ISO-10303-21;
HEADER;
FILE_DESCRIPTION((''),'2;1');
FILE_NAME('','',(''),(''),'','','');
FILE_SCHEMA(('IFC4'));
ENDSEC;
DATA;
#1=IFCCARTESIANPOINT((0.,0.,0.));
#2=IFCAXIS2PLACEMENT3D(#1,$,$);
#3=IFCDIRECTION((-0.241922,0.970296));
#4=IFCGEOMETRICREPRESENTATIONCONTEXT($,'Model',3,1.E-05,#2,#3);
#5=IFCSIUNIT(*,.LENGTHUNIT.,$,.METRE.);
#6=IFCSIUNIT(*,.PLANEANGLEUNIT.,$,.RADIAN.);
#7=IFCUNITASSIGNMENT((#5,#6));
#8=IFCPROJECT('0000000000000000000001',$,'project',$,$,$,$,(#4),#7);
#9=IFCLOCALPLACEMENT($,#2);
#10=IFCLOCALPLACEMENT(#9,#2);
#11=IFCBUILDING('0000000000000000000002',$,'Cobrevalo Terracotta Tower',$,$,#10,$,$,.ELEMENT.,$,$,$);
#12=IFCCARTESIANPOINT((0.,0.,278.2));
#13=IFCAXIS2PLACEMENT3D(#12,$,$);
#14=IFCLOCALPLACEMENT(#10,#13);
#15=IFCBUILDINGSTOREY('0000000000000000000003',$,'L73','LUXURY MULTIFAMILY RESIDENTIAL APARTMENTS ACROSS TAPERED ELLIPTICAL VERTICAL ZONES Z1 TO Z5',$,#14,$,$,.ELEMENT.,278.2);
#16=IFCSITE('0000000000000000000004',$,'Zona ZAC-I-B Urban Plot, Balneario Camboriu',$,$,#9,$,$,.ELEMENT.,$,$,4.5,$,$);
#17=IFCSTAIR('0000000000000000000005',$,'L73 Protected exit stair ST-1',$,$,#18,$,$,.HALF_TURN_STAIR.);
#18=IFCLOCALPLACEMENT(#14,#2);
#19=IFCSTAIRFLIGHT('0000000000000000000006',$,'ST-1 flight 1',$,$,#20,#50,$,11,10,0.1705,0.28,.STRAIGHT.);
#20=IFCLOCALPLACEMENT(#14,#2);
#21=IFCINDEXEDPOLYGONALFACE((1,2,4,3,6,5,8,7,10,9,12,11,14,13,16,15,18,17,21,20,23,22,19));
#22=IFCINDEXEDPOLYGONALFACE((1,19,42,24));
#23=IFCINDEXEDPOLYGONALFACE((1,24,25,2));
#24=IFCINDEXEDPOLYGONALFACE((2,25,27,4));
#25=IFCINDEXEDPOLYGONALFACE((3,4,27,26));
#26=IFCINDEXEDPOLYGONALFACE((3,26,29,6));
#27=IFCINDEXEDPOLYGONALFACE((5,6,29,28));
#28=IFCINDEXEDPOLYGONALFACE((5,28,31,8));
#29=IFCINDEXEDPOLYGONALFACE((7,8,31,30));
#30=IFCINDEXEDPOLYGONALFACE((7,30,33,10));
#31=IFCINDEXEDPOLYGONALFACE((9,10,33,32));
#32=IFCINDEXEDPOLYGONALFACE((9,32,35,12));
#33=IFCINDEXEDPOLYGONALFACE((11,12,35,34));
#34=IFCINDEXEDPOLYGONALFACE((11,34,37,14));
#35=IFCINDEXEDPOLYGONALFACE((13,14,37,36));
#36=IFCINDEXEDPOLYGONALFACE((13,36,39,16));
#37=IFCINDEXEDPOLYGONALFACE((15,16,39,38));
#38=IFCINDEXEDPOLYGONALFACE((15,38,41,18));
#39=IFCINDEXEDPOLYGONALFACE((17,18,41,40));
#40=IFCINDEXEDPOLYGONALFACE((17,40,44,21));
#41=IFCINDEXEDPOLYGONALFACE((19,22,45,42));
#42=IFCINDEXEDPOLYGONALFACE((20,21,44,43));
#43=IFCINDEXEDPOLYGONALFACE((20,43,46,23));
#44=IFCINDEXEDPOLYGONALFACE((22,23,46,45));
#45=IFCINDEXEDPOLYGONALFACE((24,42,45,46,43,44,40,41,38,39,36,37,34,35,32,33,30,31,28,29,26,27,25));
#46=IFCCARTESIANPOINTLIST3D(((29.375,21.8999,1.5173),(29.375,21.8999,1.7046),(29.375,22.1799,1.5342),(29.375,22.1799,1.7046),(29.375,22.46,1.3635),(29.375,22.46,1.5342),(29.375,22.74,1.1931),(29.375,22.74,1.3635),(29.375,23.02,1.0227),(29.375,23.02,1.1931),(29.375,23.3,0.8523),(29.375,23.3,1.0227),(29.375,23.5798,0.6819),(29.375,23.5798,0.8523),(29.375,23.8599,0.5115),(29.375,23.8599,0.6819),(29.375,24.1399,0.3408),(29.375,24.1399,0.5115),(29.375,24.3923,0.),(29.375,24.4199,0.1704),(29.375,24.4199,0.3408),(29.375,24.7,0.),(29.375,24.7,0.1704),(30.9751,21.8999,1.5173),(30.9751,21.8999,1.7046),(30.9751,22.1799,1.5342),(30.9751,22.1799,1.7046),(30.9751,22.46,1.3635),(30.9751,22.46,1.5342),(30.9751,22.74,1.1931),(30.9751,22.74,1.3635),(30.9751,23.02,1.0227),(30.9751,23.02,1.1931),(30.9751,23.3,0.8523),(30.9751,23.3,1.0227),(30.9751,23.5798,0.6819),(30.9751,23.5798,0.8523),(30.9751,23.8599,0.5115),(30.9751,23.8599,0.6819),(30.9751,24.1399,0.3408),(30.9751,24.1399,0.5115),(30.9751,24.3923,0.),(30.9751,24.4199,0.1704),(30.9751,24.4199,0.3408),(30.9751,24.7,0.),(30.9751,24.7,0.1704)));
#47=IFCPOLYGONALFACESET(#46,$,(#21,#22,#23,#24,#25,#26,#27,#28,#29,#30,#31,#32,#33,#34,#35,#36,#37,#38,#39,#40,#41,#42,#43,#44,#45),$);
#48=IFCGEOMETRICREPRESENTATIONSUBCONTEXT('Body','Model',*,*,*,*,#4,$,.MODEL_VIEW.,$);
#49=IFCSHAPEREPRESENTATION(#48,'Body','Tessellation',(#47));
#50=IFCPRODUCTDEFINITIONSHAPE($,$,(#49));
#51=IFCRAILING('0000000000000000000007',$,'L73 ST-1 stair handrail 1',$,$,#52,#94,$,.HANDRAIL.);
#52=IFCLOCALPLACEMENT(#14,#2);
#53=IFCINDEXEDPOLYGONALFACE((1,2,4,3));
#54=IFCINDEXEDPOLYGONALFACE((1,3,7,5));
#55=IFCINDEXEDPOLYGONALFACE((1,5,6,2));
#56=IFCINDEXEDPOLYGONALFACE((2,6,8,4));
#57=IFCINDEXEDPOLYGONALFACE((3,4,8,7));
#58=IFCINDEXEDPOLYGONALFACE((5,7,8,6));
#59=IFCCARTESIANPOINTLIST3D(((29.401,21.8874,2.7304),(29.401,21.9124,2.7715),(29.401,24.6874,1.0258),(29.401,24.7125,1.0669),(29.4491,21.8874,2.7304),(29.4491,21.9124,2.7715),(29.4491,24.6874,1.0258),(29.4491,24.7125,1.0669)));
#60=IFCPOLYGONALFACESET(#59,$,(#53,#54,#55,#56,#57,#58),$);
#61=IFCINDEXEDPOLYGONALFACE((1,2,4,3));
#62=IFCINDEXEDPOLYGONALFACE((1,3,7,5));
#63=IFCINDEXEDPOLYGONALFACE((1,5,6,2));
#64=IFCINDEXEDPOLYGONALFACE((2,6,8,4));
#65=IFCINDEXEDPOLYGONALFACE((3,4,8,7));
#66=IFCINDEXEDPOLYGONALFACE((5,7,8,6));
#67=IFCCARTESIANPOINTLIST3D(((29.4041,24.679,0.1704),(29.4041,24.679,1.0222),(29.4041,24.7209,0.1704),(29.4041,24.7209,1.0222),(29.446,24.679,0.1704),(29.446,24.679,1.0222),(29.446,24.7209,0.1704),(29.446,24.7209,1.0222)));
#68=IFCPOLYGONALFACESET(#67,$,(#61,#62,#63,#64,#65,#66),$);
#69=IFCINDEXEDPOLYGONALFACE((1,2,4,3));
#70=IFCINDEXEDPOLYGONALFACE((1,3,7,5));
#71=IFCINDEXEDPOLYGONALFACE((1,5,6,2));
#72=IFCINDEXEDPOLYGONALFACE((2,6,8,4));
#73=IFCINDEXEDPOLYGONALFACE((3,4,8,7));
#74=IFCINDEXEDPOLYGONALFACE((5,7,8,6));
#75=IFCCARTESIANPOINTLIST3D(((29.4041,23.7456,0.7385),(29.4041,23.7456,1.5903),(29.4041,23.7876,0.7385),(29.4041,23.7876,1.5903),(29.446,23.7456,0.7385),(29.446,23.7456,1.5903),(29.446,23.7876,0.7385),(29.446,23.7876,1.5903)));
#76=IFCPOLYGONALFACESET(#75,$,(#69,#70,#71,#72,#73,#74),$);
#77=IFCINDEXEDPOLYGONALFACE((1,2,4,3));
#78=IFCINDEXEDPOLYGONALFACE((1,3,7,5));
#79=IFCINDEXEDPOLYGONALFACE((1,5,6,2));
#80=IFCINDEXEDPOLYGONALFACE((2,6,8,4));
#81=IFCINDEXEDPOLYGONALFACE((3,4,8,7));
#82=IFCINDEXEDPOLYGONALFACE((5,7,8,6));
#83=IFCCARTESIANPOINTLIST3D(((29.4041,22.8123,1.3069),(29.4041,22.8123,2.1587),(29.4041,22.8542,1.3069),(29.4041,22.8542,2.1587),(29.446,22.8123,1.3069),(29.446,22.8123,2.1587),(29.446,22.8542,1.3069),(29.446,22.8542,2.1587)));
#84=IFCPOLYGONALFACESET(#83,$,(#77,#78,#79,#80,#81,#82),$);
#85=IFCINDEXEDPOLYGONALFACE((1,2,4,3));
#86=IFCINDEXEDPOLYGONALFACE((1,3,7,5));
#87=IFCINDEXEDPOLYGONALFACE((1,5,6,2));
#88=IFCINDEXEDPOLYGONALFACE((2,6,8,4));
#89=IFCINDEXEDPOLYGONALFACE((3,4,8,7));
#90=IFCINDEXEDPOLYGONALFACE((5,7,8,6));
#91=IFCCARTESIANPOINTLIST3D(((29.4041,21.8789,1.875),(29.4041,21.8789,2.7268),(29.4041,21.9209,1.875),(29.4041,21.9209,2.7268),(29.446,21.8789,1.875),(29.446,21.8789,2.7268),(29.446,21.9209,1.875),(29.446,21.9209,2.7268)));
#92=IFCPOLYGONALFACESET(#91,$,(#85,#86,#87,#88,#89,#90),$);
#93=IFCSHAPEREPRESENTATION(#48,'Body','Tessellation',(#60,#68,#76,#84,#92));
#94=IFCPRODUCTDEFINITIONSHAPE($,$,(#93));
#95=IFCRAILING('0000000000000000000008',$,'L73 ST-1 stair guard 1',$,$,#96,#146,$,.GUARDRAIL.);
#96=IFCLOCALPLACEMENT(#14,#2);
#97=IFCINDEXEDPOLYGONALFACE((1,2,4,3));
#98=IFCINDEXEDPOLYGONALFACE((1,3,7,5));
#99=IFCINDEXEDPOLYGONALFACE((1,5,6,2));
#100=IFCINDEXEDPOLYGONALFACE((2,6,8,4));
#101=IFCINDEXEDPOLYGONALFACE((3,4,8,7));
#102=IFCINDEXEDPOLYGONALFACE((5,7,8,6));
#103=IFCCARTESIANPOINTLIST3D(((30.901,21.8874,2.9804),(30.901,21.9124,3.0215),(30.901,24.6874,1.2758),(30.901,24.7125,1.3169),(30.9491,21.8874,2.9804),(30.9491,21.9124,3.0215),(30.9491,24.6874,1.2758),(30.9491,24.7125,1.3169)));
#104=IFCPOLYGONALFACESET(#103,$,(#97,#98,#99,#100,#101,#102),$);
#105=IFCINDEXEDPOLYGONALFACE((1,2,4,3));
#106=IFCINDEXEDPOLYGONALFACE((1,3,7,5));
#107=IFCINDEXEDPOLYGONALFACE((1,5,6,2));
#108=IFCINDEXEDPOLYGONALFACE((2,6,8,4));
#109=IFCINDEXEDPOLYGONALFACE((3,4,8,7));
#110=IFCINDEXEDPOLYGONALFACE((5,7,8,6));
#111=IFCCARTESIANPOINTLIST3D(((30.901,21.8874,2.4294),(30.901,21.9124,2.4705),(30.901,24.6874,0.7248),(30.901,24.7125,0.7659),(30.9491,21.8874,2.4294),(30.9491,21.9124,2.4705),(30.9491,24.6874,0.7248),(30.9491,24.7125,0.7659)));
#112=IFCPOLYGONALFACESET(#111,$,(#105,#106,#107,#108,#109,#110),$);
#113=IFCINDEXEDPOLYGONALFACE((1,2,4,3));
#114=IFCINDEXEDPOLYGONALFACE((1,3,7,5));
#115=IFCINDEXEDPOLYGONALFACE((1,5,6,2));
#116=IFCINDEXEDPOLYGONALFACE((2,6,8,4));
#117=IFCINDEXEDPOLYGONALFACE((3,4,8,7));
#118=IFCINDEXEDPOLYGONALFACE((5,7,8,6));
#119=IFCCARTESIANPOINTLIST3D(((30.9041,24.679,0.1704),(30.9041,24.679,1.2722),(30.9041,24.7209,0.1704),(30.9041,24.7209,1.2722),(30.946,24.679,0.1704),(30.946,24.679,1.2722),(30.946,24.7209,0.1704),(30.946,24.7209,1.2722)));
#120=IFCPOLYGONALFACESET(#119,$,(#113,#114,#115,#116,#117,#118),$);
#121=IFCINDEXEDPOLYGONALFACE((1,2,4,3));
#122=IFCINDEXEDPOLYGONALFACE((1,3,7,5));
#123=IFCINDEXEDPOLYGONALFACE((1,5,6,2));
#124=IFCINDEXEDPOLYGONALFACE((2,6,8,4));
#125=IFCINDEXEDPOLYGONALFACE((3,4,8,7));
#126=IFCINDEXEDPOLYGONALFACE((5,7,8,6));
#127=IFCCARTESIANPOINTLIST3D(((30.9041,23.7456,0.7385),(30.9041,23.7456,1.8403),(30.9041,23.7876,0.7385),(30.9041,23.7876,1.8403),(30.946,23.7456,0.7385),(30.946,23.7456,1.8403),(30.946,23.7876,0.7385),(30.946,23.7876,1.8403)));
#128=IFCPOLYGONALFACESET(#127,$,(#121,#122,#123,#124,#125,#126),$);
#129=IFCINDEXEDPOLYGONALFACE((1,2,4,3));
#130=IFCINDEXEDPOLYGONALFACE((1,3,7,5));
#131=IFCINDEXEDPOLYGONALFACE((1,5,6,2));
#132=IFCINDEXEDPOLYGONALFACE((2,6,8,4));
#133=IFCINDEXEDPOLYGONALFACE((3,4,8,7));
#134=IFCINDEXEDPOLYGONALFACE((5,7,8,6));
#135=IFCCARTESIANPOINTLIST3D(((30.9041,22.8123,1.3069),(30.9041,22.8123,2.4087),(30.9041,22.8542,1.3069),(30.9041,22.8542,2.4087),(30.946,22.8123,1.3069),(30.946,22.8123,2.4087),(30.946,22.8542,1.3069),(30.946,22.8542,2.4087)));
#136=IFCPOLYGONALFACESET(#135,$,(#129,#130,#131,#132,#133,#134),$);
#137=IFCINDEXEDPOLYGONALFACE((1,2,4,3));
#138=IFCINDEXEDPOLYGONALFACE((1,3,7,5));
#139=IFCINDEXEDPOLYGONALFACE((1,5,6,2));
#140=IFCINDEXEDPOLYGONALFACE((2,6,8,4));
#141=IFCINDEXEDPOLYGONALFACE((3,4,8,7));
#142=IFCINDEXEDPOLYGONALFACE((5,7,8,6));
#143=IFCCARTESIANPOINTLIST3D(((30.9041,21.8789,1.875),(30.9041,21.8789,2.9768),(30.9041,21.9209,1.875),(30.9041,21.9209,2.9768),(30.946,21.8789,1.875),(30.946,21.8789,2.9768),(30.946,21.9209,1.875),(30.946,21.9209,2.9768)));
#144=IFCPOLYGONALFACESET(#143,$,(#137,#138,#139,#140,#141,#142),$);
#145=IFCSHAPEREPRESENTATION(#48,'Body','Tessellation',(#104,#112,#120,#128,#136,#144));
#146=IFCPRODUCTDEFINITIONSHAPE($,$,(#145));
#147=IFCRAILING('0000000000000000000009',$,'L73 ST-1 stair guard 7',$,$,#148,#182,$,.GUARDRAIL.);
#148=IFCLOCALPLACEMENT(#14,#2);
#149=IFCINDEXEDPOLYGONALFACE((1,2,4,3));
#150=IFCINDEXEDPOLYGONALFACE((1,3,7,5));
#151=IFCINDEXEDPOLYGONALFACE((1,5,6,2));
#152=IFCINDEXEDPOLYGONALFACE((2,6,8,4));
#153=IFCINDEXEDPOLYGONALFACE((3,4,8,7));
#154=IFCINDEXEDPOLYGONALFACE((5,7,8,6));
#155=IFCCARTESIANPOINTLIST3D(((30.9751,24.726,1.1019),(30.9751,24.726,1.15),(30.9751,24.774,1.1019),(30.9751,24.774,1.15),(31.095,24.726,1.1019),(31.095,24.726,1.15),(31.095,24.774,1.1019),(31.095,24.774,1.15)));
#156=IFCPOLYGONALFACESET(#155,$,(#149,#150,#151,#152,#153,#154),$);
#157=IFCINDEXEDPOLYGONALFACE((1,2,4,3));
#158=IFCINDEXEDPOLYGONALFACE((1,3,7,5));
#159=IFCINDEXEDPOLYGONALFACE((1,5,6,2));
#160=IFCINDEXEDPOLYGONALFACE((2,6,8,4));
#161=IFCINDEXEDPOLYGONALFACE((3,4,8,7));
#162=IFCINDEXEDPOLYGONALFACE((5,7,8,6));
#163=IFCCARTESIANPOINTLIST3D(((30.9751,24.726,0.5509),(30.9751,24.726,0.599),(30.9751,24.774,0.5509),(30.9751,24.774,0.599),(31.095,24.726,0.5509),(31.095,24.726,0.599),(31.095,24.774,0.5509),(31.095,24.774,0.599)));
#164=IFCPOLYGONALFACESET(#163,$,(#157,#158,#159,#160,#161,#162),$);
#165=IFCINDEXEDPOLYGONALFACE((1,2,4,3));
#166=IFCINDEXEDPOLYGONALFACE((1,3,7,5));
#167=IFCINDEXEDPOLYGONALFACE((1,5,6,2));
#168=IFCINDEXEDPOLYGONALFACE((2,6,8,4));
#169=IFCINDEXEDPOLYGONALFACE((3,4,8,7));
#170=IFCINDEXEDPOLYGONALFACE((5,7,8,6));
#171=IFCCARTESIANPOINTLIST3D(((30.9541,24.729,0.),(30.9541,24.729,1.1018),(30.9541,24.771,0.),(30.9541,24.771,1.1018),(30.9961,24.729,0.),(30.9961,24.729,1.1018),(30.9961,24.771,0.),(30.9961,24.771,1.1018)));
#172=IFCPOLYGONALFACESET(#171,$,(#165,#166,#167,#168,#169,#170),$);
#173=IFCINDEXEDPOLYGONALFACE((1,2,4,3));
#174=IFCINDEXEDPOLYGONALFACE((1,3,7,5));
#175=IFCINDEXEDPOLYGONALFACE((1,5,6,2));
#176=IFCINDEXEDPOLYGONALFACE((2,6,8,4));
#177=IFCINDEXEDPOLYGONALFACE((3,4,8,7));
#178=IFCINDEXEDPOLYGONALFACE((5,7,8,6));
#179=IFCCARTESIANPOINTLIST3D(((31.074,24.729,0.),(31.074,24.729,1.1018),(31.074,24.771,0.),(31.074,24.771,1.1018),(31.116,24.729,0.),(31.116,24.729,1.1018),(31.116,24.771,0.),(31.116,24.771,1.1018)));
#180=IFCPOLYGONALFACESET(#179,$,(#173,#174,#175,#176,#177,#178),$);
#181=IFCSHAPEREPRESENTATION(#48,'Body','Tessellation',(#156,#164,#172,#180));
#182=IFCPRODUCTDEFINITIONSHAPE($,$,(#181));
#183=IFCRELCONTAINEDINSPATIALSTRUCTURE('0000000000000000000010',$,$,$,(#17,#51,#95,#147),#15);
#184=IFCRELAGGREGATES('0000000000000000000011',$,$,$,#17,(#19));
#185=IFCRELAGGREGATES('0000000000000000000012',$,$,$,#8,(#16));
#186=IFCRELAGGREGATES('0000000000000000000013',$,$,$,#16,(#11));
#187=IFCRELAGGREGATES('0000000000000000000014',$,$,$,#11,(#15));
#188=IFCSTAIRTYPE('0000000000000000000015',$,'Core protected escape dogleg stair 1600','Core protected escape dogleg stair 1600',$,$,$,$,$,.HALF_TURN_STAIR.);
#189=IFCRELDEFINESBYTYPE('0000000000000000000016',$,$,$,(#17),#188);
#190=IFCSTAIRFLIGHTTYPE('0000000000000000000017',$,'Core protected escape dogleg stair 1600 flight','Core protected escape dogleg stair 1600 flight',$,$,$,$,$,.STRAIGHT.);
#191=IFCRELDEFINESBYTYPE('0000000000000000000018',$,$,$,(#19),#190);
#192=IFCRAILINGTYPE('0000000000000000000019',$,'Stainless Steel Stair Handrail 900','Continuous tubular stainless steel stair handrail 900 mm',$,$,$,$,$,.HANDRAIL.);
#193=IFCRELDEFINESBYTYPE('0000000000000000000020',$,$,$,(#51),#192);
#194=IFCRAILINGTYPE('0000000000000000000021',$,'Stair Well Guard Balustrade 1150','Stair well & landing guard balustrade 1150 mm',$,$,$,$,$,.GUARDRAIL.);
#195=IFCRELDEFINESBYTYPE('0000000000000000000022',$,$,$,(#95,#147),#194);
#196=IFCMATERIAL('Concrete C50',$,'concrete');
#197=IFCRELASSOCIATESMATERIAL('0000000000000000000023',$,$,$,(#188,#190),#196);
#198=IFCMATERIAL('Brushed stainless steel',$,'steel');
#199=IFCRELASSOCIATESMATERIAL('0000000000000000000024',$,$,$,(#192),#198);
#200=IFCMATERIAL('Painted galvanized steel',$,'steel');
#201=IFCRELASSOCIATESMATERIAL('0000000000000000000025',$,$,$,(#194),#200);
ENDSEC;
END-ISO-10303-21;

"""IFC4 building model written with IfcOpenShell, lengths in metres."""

from ifc_helpers import new_model, si_unit, direction, frame, origin, origin_2d, place, context, subcontext, project, spatial, polyline, rectangle, outline, extrude, material, type_object, element, aggregate, save


model = new_model("IFC4")

# Units and contexts
model_context = context("Model", 3, precision=1e-05, world=origin(), true_north=direction((-0.241922, 0.970296)))
body_context = subcontext(model_context, "Body", "Model", "MODEL_VIEW")
ifc_project = project(units=[si_unit("LENGTHUNIT", "METRE"), si_unit("PLANEANGLEUNIT", "RADIAN")], contexts=[model_context])

# Site, building, storey
site_placement = place(None, origin())
site = spatial("IfcSite", under=ifc_project, at=site_placement, Name="Zona ZAC-I-B Urban Plot, Balneario Camboriu", CompositionType="ELEMENT", RefElevation=4.5)
building_placement = place(site_placement, origin())
building = spatial("IfcBuilding", under=site, at=building_placement, Name="Cobrevalo Terracotta Tower", CompositionType="ELEMENT")
storey_placement = place(building_placement, frame((0.0, 0.0, 278.2)))
storey = spatial("IfcBuildingStorey", under=building, at=storey_placement, Name="L73", Description="LUXURY MULTIFAMILY RESIDENTIAL APARTMENTS ACROSS TAPERED ELLIPTICAL VERTICAL ZONES Z1 TO Z5", CompositionType="ELEMENT", Elevation=278.2)

# Shared definitions
ifc_material_1 = material(Name="Brushed stainless steel", Category="steel")

# Shared definitions
ifc_material_2 = material(Name="Concrete C50", Category="concrete")

# Stair, stair flight
stair_type = type_object("IfcStairType", Name="Core protected escape dogleg stair 1600", Description="Core protected escape dogleg stair 1600", PredefinedType="HALF_TURN_STAIR", material=ifc_material_2)
stair_placement = place(storey_placement, origin())
stair = element("IfcStair", 1, at=stair_placement, inside=storey, type_object=stair_type, Name="L73 Protected exit stair ST-1", PredefinedType="HALF_TURN_STAIR")
stair_flight_type = type_object("IfcStairFlightType", Name="Core protected escape dogleg stair 1600 flight", Description="Core protected escape dogleg stair 1600 flight", PredefinedType="STRAIGHT", material=ifc_material_2)
stair_flight_placement = place(storey_placement, frame((30.175, 24.7, 0.0), z_axis=(0.0, 0.0, 1.0), x_axis=(0.0, -1.0, 0.0)))
stair_flight = element("IfcStairFlight", 2, at=stair_flight_placement, type_object=stair_flight_type, Name="ST-1 flight 1", NumberOfRisers=11, NumberOfTreads=10, PredefinedType="STRAIGHT", RiserHeight=0.1705, TreadLength=0.28, context=body_context, shape_type="SweptSolid", body=[
    extrude(outline(polyline([(0.0, 0.0), (0.0, 0.1704), (0.28, 0.1704), (0.28, 0.3408), (0.5601, 0.3408), (0.5601, 0.5115), (0.8401, 0.5115), (0.8401, 0.6819), (1.1201, 0.6819), (1.1201, 0.8523), (1.3999, 0.8523), (1.3999, 1.0227), (1.6799, 1.0227), (1.6799, 1.1931), (1.96, 1.1931), (1.96, 1.3635), (2.24, 1.3635), (2.24, 1.5342), (2.52, 1.5342), (2.52, 1.7046), (2.8, 1.7046), (2.8, 1.875), (2.8, 1.5173), (0.3076, 0.0), (0.0, 0.0)])), frame((0.0, 0.8, 0.0), z_axis=(0.0, -1.0, 0.0), x_axis=(1.0, 0.0, 0.0)), (0.0, 0.0, 1.0), 1.6001),
])
aggregate(stair, [stair_flight])

# Railings
railing_type_1 = type_object("IfcRailingType", Name="Stainless Steel Stair Handrail 900", Description="Continuous tubular stainless steel stair handrail 900 mm", PredefinedType="HANDRAIL", material=ifc_material_1)
railing_1_placement = place(storey_placement, frame((29.425, 24.7, 0.1704)))
element("IfcRailing", 3, at=railing_1_placement, inside=storey, type_object=railing_type_1, Name="L73 ST-1 stair handrail 1", PredefinedType="HANDRAIL", context=body_context, shape_type="SweptSolid", body=[
    extrude(rectangle(XDim=0.0481, YDim=0.0481, at=origin_2d()), frame((0.0, 0.0, 0.876), z_axis=(0.0, -0.85417, 0.519994), x_axis=(1.0, 0.0, 0.0)), (0.0, 0.0, 1.0), 3.2781),
    extrude(rectangle(XDim=0.042, YDim=0.042, at=origin_2d()), origin(), (0.0, 0.0, 1.0), 0.8518),
    extrude(rectangle(XDim=0.042, YDim=0.042, at=origin_2d()), frame((0.0, -0.9333, 0.5681)), (0.0, 0.0, 1.0), 0.8518),
    extrude(rectangle(XDim=0.042, YDim=0.042, at=origin_2d()), frame((0.0, -1.8667, 1.1365)), (0.0, 0.0, 1.0), 0.8518),
    extrude(rectangle(XDim=0.042, YDim=0.042, at=origin_2d()), frame((0.0, -2.8, 1.7046)), (0.0, 0.0, 1.0), 0.8518),
])
ifc_material_3 = material(Name="Painted galvanized steel", Category="steel")
railing_type_2 = type_object("IfcRailingType", Name="Stair Well Guard Balustrade 1150", Description="Stair well & landing guard balustrade 1150 mm", PredefinedType="GUARDRAIL", material=ifc_material_3)
railing_2_placement = place(storey_placement, frame((30.925, 24.7, 0.1704)))
element("IfcRailing", 4, at=railing_2_placement, inside=storey, type_object=railing_type_2, Name="L73 ST-1 stair guard 1", PredefinedType="GUARDRAIL", context=body_context, shape_type="SweptSolid", body=[
    extrude(rectangle(XDim=0.0481, YDim=0.0481, at=origin_2d()), frame((0.0, 0.0, 1.126), z_axis=(0.0, -0.85417, 0.519994), x_axis=(1.0, 0.0, 0.0)), (0.0, 0.0, 1.0), 3.2781),
    extrude(rectangle(XDim=0.0481, YDim=0.0481, at=origin_2d()), frame((0.0, 0.0, 0.575), z_axis=(0.0, -0.85417, 0.519994), x_axis=(1.0, 0.0, 0.0)), (0.0, 0.0, 1.0), 3.2781),
    extrude(rectangle(XDim=0.042, YDim=0.042, at=origin_2d()), origin(), (0.0, 0.0, 1.0), 1.1018),
    extrude(rectangle(XDim=0.042, YDim=0.042, at=origin_2d()), frame((0.0, -0.9333, 0.5681)), (0.0, 0.0, 1.0), 1.1018),
    extrude(rectangle(XDim=0.042, YDim=0.042, at=origin_2d()), frame((0.0, -1.8667, 1.1365)), (0.0, 0.0, 1.0), 1.1018),
    extrude(rectangle(XDim=0.042, YDim=0.042, at=origin_2d()), frame((0.0, -2.8, 1.7046)), (0.0, 0.0, 1.0), 1.1018),
])
railing_3_placement = place(storey_placement, frame((30.9751, 24.75, 0.0)))
element("IfcRailing", 5, at=railing_3_placement, inside=storey, type_object=railing_type_2, Name="L73 ST-1 stair guard 7", PredefinedType="GUARDRAIL", context=body_context, shape_type="SweptSolid", body=[
    extrude(rectangle(XDim=0.0481, YDim=0.0481, at=origin_2d()), frame((0.0, 0.0, 1.126), z_axis=(1.0, 0.0, 0.0), x_axis=(0.0, 1.0, 0.0)), (0.0, 0.0, 1.0), 0.1199),
    extrude(rectangle(XDim=0.0481, YDim=0.0481, at=origin_2d()), frame((0.0, 0.0, 0.575), z_axis=(1.0, 0.0, 0.0), x_axis=(0.0, 1.0, 0.0)), (0.0, 0.0, 1.0), 0.1199),
    extrude(rectangle(XDim=0.042, YDim=0.042, at=origin_2d()), origin(), (0.0, 0.0, 1.0), 1.1018),
    extrude(rectangle(XDim=0.042, YDim=0.042, at=origin_2d()), frame((0.1199, 0.0, 0.0)), (0.0, 0.0, 1.0), 1.1018),
])

save(model, "model.ifc")
